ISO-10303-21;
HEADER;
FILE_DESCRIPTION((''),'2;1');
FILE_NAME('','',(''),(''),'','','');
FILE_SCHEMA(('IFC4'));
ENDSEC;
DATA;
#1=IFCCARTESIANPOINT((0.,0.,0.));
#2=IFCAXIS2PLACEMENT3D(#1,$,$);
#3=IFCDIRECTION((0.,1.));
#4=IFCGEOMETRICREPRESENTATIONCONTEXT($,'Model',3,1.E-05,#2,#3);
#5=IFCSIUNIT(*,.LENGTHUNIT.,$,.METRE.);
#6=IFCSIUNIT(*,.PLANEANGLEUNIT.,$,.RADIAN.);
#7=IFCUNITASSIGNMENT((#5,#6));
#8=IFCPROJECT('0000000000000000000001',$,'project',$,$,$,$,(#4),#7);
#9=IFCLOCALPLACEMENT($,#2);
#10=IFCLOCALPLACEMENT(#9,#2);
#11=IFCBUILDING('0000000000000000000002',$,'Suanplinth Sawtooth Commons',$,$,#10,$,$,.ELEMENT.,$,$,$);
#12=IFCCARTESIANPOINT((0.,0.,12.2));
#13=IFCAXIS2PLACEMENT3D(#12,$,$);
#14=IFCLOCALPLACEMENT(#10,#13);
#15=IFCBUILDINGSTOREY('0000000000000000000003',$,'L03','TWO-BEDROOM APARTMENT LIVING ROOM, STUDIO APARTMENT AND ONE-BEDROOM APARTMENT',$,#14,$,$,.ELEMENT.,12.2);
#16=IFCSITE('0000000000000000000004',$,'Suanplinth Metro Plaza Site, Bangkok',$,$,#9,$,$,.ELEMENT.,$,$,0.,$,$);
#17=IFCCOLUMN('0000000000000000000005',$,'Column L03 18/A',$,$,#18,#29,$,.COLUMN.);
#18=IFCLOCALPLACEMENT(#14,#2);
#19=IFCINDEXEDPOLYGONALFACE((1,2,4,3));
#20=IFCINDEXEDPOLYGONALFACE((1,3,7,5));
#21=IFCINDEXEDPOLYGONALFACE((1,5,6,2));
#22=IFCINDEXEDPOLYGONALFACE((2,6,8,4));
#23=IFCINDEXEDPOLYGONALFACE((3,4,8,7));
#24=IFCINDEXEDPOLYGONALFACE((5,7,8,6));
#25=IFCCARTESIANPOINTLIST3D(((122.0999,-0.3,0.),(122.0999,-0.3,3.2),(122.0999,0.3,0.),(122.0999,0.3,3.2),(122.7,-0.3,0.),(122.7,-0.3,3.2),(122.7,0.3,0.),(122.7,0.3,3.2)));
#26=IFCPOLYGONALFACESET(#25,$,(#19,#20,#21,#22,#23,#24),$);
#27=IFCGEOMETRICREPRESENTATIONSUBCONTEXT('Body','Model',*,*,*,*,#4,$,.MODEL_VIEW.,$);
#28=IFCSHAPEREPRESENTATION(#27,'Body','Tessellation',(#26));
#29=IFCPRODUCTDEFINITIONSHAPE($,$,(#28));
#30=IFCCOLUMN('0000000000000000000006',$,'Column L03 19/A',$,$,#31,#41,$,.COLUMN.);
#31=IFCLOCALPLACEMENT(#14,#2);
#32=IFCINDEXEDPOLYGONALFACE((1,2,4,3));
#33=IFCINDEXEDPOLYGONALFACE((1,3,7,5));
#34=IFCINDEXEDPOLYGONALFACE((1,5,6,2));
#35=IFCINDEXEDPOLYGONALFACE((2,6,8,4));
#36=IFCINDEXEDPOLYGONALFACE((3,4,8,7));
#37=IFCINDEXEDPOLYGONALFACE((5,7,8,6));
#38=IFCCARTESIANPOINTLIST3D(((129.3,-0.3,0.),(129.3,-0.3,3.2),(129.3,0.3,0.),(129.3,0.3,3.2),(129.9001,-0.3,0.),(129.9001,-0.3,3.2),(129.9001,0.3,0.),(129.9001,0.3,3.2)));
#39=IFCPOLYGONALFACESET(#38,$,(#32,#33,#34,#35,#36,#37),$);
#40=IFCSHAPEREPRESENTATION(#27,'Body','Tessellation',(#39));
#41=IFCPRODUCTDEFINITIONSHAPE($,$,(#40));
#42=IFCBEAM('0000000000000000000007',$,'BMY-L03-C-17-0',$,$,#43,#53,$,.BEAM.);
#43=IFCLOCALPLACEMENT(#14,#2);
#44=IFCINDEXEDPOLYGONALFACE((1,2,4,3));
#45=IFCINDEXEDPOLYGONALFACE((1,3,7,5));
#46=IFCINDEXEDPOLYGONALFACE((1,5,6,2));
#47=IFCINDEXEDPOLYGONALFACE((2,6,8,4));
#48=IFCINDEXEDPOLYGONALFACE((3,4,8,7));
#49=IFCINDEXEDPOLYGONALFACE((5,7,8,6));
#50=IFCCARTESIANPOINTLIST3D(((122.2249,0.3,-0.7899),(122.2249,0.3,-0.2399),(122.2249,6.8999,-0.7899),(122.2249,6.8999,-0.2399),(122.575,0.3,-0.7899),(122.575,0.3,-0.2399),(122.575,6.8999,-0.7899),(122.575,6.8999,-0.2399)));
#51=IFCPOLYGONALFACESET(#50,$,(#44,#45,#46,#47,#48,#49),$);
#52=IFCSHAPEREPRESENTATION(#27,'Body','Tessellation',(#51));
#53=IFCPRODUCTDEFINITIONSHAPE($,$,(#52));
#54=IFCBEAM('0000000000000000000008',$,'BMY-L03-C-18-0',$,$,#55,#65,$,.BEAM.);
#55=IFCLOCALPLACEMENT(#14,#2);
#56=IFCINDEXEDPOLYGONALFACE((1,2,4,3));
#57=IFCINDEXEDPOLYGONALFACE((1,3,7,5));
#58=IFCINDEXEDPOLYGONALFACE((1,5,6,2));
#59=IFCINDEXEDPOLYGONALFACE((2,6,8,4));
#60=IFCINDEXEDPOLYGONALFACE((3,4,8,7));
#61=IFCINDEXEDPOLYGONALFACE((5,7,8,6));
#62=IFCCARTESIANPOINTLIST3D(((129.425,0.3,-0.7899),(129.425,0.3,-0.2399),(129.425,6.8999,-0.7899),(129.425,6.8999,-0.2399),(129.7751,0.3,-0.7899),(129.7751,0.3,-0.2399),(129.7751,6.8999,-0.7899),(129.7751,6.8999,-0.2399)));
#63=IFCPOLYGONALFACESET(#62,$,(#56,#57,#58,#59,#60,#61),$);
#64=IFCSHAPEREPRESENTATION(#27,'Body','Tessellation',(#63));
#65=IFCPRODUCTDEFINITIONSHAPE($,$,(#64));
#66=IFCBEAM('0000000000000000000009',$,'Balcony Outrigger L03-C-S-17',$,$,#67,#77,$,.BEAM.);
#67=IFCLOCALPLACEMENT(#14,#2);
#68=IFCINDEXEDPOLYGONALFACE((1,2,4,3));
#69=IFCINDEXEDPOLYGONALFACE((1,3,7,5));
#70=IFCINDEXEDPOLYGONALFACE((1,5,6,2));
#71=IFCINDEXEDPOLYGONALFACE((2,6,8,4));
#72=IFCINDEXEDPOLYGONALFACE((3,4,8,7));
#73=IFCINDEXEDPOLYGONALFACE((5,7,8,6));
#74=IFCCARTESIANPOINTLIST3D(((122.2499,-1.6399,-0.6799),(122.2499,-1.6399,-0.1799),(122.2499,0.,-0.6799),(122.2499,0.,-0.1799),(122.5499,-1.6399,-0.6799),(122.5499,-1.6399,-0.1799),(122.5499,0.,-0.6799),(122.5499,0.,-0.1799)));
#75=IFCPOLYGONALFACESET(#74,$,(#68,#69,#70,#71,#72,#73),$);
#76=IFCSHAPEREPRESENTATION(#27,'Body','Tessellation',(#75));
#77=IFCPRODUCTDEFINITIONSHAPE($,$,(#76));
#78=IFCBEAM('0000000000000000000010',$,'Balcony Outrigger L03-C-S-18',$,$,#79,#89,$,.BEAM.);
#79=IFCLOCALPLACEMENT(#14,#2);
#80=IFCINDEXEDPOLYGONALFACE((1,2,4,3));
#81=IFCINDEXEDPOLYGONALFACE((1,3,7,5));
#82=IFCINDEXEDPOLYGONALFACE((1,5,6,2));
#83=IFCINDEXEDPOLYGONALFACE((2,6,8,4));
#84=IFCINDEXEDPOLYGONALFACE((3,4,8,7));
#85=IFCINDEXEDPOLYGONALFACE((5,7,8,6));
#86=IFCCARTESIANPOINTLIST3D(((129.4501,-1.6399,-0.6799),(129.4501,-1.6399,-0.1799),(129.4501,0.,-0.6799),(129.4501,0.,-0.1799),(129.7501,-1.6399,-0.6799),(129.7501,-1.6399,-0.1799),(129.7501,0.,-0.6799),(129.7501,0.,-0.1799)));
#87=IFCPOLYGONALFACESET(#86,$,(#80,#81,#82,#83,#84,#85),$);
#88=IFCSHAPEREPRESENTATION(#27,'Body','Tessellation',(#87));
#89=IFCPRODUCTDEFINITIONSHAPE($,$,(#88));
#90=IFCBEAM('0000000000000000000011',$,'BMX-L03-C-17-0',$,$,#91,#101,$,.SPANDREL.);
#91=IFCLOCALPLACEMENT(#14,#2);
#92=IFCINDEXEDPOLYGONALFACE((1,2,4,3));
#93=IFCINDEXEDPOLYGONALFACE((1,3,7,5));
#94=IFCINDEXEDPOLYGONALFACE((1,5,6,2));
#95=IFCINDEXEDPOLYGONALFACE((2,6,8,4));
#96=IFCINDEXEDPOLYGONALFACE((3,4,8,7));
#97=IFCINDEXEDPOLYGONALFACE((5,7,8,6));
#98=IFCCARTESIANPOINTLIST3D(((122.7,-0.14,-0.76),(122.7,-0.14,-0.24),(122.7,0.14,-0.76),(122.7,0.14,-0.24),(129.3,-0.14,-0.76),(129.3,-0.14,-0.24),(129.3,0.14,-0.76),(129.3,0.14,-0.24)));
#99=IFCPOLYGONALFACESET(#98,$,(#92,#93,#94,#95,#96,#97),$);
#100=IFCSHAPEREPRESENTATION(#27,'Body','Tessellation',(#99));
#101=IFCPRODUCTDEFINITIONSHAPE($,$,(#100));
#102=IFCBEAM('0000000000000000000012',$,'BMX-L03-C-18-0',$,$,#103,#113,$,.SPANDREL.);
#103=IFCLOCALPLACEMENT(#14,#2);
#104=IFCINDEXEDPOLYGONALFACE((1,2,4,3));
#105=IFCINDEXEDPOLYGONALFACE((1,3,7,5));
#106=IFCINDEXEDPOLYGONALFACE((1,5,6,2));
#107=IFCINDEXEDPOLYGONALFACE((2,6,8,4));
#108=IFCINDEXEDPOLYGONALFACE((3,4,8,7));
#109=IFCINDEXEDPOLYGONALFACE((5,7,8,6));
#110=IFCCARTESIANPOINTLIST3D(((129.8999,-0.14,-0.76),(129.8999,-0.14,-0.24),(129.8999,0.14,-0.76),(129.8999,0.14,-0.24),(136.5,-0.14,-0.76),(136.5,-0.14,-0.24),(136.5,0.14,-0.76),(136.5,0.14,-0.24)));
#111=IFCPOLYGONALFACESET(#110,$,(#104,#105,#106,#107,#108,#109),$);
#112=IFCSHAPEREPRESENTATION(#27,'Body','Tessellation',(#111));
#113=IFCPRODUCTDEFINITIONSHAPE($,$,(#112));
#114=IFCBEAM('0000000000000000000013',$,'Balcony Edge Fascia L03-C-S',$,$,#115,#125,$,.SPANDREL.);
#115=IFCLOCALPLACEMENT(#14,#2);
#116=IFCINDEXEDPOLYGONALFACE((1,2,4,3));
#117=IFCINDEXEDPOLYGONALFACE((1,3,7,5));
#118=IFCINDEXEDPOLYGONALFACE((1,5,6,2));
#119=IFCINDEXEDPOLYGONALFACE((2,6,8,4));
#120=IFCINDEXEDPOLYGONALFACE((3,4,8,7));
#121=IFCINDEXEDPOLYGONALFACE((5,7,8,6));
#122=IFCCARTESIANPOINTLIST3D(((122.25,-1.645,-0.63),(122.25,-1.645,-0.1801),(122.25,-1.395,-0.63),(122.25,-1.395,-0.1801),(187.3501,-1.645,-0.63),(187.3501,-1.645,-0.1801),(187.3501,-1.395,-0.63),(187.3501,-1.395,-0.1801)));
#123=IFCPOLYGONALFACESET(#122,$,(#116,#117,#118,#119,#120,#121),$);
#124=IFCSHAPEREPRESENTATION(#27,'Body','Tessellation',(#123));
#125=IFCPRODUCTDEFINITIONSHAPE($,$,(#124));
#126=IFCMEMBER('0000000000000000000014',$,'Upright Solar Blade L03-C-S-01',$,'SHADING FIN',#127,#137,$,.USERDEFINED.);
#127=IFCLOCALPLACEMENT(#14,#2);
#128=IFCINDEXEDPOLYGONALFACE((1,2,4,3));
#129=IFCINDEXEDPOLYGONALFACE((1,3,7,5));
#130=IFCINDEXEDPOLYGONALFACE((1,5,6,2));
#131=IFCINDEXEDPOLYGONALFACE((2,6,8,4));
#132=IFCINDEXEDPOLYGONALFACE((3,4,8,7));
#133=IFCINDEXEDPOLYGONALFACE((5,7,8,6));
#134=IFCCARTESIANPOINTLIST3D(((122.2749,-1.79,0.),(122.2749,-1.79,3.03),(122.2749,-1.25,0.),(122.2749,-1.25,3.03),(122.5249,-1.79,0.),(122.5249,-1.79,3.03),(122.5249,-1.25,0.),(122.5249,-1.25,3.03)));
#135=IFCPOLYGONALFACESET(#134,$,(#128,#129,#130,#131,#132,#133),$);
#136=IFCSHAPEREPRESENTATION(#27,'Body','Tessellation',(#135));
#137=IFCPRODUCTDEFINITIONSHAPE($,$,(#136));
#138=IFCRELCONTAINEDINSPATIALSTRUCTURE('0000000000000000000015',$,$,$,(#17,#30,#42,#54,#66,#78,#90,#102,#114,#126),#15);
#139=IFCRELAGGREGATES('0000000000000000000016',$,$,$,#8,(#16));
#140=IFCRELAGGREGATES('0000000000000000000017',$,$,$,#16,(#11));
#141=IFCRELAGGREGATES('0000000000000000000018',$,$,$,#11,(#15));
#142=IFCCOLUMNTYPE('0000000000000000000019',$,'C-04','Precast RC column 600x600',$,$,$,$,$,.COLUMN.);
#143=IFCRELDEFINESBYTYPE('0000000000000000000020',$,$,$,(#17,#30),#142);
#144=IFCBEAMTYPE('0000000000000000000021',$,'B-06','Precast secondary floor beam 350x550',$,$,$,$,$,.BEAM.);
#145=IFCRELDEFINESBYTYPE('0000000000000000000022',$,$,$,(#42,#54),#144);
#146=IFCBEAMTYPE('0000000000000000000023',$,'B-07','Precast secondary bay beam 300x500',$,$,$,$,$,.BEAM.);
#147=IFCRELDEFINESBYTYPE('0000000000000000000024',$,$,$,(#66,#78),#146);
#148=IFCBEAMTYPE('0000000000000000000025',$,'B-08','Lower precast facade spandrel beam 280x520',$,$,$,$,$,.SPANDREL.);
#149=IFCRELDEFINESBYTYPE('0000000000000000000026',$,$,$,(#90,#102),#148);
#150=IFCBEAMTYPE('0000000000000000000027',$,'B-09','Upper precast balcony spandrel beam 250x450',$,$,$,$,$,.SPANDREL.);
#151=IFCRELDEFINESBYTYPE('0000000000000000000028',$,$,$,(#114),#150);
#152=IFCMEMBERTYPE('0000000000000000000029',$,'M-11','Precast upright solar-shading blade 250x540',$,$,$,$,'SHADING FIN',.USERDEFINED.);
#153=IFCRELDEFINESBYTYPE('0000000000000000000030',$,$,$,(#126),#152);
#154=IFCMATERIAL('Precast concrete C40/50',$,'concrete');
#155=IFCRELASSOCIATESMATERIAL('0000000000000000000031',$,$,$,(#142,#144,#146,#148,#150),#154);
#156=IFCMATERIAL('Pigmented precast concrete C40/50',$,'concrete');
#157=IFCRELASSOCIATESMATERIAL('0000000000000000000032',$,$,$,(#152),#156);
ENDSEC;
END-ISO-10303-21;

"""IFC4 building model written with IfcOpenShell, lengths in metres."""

from ifc_helpers import new_model, si_unit, direction, frame, origin, origin_2d, place, context, subcontext, project, spatial, rectangle, extrude, material, material_profile, profile_set, type_object, element, save


model = new_model("IFC4")

# Units and contexts
model_context = context("Model", 3, precision=1e-05, world=origin(), true_north=direction((0.0, 1.0)))
body_context = subcontext(model_context, "Body", "Model", "MODEL_VIEW")
ifc_project = project(units=[si_unit("LENGTHUNIT", "METRE"), si_unit("PLANEANGLEUNIT", "RADIAN")], contexts=[model_context])

# Site, building, storey
site_placement = place(None, origin())
site = spatial("IfcSite", under=ifc_project, at=site_placement, Name="Suanplinth Metro Plaza Site, Bangkok", CompositionType="ELEMENT", RefElevation=0.0)
building_placement = place(site_placement, origin())
building = spatial("IfcBuilding", under=site, at=building_placement, Name="Suanplinth Sawtooth Commons", CompositionType="ELEMENT")
storey_placement = place(building_placement, frame((0.0, 0.0, 12.2)))
storey = spatial("IfcBuildingStorey", under=building, at=storey_placement, Name="L03", Description="TWO-BEDROOM APARTMENT LIVING ROOM, STUDIO APARTMENT AND ONE-BEDROOM APARTMENT", CompositionType="ELEMENT", Elevation=12.2)

# Columns
ifc_material_1 = material(Name="Precast concrete C40/50", Category="concrete")
ifc_material_profile_1 = material_profile(ifc_material_1, rectangle(XDim=0.6001, YDim=0.6001, at=origin_2d()), Name="PC-COL 600x600")
ifc_profile_set_1 = profile_set([ifc_material_profile_1], Name="Precast concrete C40/50")
column_type = type_object("IfcColumnType", Name="C-04", Description="Precast RC column 600x600", PredefinedType="COLUMN", material=ifc_profile_set_1)
for number, where, z_axis, x_axis, name in (
    (1, (122.3999, 0.0, 0.0), (0.0, 0.0, 1.0), (1.0, 0.0, 0.0), "Column L03 18/A"),
    (2, (129.6001, 0.0, 0.0), (0.0, 0.0, 1.0), (1.0, 0.0, 0.0), "Column L03 19/A"),
):
    element("IfcColumn", number, at=place(storey_placement, frame(where, z_axis=z_axis, x_axis=x_axis)), inside=storey, type_object=column_type, Name=name, PredefinedType="COLUMN", context=body_context, shape_type="SweptSolid", body=[
        extrude(rectangle(XDim=0.6001, YDim=0.6001, at=origin_2d()), origin(), (0.0, 0.0, 1.0), 3.2),
    ])

# Beams
ifc_material_profile_2 = material_profile(ifc_material_1, rectangle(XDim=0.3501, YDim=0.55, at=origin_2d()), Name="PC-BM 350x550")
ifc_profile_set_2 = profile_set([ifc_material_profile_2], Name="Precast concrete C40/50")
beam_type_1 = type_object("IfcBeamType", Name="B-06", Description="Precast secondary floor beam 350x550", PredefinedType="BEAM", material=ifc_profile_set_2)
for number, where, z_axis, x_axis, name in (
    (3, (122.3999, 0.3, -0.5149), (0.0, 1.0, 0.0), (-1.0, 0.0, 0.0), "BMY-L03-C-17-0"),
    (4, (129.6001, 0.3, -0.5149), (0.0, 1.0, 0.0), (-1.0, 0.0, 0.0), "BMY-L03-C-18-0"),
):
    element("IfcBeam", number, at=place(storey_placement, frame(where, z_axis=z_axis, x_axis=x_axis)), inside=storey, type_object=beam_type_1, Name=name, PredefinedType="BEAM", context=body_context, shape_type="SweptSolid", body=[
        extrude(rectangle(XDim=0.3501, YDim=0.55, at=origin_2d()), origin(), (0.0, 0.0, 1.0), 6.5999),
    ])
ifc_material_profile_3 = material_profile(ifc_material_1, rectangle(XDim=0.3, YDim=0.5, at=origin_2d()), Name="PC-BM 300x500")
ifc_profile_set_3 = profile_set([ifc_material_profile_3], Name="Precast concrete C40/50")
beam_type_2 = type_object("IfcBeamType", Name="B-07", Description="Precast secondary bay beam 300x500", PredefinedType="BEAM", material=ifc_profile_set_3)
for number, where, z_axis, x_axis, name in (
    (5, (122.3999, 0.0, -0.4299), (0.0, -1.0, 0.0), (1.0, 0.0, 0.0), "Balcony Outrigger L03-C-S-17"),
    (6, (129.6001, 0.0, -0.4299), (0.0, -1.0, 0.0), (1.0, 0.0, 0.0), "Balcony Outrigger L03-C-S-18"),
):
    element("IfcBeam", number, at=place(storey_placement, frame(where, z_axis=z_axis, x_axis=x_axis)), inside=storey, type_object=beam_type_2, Name=name, PredefinedType="BEAM", context=body_context, shape_type="SweptSolid", body=[
        extrude(rectangle(XDim=0.3, YDim=0.5, at=origin_2d()), origin(), (0.0, 0.0, 1.0), 1.6399),
    ])
ifc_material_profile_4 = material_profile(ifc_material_1, rectangle(XDim=0.28, YDim=0.52, at=origin_2d()), Name="PC-SP 280x520")
ifc_profile_set_4 = profile_set([ifc_material_profile_4], Name="Precast concrete C40/50")
beam_type_3 = type_object("IfcBeamType", Name="B-08", Description="Lower precast facade spandrel beam 280x520", PredefinedType="SPANDREL", material=ifc_profile_set_4)
for number, where, z_axis, x_axis, name in (
    (7, (122.7, 0.0, -0.5), (1.0, 0.0, 0.0), (0.0, 1.0, 0.0), "BMX-L03-C-17-0"),
    (8, (129.8999, 0.0, -0.5), (1.0, 0.0, 0.0), (0.0, 1.0, 0.0), "BMX-L03-C-18-0"),
):
    element("IfcBeam", number, at=place(storey_placement, frame(where, z_axis=z_axis, x_axis=x_axis)), inside=storey, type_object=beam_type_3, Name=name, PredefinedType="SPANDREL", context=body_context, shape_type="SweptSolid", body=[
        extrude(rectangle(XDim=0.28, YDim=0.52, at=origin_2d()), origin(), (0.0, 0.0, 1.0), 6.6001),
    ])
ifc_material_profile_5 = material_profile(ifc_material_1, rectangle(XDim=0.25, YDim=0.45, at=origin_2d()), Name="PC-SP 250x450")
ifc_profile_set_5 = profile_set([ifc_material_profile_5], Name="Precast concrete C40/50")
beam_type_4 = type_object("IfcBeamType", Name="B-09", Description="Upper precast balcony spandrel beam 250x450", PredefinedType="SPANDREL", material=ifc_profile_set_5)
beam_placement = place(storey_placement, frame((122.25, -1.52, -0.405), z_axis=(1.0, 0.0, 0.0), x_axis=(0.0, 1.0, 0.0)))
element("IfcBeam", 9, at=beam_placement, inside=storey, type_object=beam_type_4, Name="Balcony Edge Fascia L03-C-S", PredefinedType="SPANDREL", context=body_context, shape_type="SweptSolid", body=[
    extrude(rectangle(XDim=0.25, YDim=0.45, at=origin_2d()), origin(), (0.0, 0.0, 1.0), 65.1001),
])

# Member
ifc_material_2 = material(Name="Pigmented precast concrete C40/50", Category="concrete")
ifc_material_profile_6 = material_profile(ifc_material_2, rectangle(XDim=0.25, YDim=0.54, at=origin_2d()), Name="PC-FIN 250x540")
ifc_profile_set_6 = profile_set([ifc_material_profile_6], Name="Pigmented precast concrete C40/50")
member_type = type_object("IfcMemberType", Name="M-11", Description="Precast upright solar-shading blade 250x540", ElementType="SHADING FIN", PredefinedType="USERDEFINED", material=ifc_profile_set_6)
member_placement = place(storey_placement, frame((122.3999, -1.52, 0.0), z_axis=(0.0, 0.0, 1.0), x_axis=(1.0, 0.0, 0.0)))
element("IfcMember", 10, at=member_placement, inside=storey, type_object=member_type, Name="Upright Solar Blade L03-C-S-01", ObjectType="SHADING FIN", PredefinedType="USERDEFINED", context=body_context, shape_type="SweptSolid", body=[
    extrude(rectangle(XDim=0.25, YDim=0.54, at=origin_2d()), origin(), (0.0, 0.0, 1.0), 3.03),
])

save(model, "model.ifc")
